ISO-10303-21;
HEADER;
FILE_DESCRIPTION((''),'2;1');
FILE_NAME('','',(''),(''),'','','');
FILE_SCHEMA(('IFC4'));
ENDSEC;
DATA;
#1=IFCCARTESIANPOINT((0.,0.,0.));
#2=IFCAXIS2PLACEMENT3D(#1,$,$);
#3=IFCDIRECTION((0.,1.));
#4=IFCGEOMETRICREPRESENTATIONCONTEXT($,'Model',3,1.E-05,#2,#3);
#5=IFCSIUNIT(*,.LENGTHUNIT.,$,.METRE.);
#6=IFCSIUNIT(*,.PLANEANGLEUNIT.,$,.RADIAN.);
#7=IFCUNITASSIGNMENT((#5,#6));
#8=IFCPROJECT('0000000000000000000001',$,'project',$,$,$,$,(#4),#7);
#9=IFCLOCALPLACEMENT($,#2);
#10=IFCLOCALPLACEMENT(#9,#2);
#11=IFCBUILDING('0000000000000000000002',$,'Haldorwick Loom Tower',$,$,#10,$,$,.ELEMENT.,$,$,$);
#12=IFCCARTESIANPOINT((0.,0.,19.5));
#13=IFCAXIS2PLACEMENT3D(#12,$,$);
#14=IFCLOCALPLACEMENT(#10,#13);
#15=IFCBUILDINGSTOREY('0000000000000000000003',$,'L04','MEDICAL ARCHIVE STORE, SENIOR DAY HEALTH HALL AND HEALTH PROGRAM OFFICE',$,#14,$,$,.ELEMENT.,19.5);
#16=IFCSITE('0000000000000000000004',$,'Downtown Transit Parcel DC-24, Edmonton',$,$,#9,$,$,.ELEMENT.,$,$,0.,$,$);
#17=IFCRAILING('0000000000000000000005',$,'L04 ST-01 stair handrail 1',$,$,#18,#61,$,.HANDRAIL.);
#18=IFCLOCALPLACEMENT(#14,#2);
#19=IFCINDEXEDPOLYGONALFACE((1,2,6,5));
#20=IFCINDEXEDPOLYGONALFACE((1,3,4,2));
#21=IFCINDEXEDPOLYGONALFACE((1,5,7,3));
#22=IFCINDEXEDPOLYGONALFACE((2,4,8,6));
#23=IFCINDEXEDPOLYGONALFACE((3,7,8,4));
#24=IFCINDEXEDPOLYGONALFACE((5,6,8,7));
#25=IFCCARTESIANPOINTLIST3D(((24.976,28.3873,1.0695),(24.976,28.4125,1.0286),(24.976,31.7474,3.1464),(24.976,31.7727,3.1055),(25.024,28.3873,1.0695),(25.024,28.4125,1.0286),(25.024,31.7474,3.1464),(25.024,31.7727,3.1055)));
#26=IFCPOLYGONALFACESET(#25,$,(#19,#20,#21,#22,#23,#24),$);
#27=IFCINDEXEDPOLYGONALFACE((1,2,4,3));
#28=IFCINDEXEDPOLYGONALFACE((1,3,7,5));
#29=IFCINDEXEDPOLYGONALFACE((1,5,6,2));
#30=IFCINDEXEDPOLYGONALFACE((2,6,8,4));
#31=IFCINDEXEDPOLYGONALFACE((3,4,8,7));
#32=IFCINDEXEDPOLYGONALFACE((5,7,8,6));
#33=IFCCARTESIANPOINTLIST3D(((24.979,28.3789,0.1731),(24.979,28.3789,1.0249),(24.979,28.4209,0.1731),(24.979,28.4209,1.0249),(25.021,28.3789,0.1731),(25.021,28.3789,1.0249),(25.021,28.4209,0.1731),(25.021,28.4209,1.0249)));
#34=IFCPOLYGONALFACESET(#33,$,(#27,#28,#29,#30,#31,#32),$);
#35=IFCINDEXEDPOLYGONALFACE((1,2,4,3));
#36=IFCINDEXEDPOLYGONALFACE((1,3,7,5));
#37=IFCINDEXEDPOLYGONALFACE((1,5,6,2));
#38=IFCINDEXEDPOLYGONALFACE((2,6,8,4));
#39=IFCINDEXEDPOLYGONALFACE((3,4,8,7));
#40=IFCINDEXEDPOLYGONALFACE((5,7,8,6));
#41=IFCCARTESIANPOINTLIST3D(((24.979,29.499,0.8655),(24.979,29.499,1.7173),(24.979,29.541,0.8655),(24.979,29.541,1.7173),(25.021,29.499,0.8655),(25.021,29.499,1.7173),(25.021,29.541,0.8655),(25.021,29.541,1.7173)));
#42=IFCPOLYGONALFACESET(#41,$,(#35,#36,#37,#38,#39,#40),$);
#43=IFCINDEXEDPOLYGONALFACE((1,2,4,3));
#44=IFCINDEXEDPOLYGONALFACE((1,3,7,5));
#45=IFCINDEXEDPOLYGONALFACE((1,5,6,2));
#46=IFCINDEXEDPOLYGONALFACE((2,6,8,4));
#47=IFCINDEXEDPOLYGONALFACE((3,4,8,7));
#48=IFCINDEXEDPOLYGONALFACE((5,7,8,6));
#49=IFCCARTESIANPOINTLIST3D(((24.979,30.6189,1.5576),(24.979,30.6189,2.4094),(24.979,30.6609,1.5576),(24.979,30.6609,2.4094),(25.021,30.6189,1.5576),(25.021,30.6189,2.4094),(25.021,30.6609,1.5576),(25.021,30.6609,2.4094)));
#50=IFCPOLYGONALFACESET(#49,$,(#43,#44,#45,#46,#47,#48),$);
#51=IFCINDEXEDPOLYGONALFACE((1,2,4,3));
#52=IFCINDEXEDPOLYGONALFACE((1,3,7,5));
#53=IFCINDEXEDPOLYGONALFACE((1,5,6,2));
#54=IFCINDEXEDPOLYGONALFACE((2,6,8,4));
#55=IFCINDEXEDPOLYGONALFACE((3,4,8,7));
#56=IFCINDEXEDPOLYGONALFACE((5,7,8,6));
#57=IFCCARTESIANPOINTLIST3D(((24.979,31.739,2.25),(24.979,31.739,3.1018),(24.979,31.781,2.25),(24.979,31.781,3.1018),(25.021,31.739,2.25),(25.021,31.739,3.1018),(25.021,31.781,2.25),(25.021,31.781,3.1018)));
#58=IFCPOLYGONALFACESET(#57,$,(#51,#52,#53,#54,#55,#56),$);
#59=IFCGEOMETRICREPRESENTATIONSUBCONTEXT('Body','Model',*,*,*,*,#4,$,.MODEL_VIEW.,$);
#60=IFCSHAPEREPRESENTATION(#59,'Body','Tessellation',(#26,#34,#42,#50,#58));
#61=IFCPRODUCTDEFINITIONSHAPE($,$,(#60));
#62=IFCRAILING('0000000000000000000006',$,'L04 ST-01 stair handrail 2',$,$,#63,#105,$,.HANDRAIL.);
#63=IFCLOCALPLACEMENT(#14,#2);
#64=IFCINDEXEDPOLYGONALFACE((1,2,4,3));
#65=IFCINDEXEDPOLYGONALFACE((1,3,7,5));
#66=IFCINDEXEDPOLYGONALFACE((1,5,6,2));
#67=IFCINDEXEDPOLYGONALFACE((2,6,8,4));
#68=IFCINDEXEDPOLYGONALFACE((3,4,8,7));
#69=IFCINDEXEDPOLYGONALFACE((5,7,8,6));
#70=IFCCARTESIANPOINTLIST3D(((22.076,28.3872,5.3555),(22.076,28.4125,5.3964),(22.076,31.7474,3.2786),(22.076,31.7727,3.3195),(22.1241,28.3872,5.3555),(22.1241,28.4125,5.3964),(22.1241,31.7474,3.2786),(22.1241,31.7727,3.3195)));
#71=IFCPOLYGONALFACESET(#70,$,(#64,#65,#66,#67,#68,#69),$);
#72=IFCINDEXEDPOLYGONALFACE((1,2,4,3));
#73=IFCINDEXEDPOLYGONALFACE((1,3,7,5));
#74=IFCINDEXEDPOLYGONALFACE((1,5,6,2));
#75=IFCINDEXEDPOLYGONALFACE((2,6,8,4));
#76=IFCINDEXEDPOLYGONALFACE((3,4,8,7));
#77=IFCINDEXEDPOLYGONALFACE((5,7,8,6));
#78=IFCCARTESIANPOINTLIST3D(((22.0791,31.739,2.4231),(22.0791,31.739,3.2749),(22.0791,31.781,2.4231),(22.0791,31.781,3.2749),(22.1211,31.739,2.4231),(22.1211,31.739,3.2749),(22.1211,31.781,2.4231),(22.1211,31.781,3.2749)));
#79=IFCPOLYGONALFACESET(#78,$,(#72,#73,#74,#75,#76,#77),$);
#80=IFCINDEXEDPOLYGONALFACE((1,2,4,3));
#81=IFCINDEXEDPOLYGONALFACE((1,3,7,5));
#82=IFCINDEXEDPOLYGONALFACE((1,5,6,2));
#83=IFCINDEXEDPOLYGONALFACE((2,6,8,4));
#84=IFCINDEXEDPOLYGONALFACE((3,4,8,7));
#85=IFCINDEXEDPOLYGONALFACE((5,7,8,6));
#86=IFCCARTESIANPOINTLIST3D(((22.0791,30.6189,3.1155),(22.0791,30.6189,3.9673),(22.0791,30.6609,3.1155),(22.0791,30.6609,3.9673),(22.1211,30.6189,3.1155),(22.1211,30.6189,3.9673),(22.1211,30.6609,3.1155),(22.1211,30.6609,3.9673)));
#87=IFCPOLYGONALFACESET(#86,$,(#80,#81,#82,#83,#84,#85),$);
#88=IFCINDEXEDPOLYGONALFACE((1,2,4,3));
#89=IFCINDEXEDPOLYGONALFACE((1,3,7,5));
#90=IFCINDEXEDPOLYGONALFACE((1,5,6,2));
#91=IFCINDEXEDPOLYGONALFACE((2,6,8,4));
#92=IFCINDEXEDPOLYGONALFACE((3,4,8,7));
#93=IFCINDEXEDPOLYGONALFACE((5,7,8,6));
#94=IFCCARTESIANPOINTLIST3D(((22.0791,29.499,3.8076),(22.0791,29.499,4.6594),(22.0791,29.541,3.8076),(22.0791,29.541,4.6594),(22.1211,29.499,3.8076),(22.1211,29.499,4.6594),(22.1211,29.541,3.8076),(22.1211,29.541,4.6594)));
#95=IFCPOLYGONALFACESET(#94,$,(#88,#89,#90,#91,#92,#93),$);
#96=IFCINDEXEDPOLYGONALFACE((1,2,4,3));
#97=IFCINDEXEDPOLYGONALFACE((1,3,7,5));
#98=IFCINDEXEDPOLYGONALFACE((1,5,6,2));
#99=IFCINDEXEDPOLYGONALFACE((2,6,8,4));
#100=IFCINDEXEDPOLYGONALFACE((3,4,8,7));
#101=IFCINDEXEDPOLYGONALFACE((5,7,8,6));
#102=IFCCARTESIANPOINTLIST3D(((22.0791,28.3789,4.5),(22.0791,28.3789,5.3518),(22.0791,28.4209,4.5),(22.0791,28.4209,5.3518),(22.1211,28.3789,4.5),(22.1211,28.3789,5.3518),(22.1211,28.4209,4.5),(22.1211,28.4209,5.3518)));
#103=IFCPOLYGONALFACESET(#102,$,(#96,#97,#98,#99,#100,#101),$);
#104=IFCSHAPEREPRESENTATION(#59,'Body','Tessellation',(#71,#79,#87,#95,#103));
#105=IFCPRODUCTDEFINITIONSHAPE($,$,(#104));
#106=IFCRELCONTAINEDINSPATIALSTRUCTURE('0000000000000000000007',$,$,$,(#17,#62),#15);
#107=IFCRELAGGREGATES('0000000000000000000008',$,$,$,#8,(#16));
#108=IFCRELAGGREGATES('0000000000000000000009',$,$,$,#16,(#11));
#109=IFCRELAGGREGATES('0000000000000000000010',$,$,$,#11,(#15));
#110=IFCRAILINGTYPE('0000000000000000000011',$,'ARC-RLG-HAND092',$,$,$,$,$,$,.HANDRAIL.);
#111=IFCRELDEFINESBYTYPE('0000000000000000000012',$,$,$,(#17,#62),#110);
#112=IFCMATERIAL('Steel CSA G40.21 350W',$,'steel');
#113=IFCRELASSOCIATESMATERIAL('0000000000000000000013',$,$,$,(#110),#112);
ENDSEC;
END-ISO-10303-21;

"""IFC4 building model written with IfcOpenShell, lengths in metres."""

from ifc_helpers import new_model, si_unit, direction, frame, origin, origin_2d, place, context, subcontext, project, spatial, rectangle, extrude, material, type_object, element, save


model = new_model("IFC4")

# Units and contexts
model_context = context("Model", 3, precision=1e-05, world=origin(), true_north=direction((0.0, 1.0)))
body_context = subcontext(model_context, "Body", "Model", "MODEL_VIEW")
ifc_project = project(units=[si_unit("LENGTHUNIT", "METRE"), si_unit("PLANEANGLEUNIT", "RADIAN")], contexts=[model_context])

# Site, building, storey
site_placement = place(None, origin())
site = spatial("IfcSite", under=ifc_project, at=site_placement, Name="Downtown Transit Parcel DC-24, Edmonton", CompositionType="ELEMENT", RefElevation=0.0)
building_placement = place(site_placement, origin())
building = spatial("IfcBuilding", under=site, at=building_placement, Name="Haldorwick Loom Tower", CompositionType="ELEMENT")
storey_placement = place(building_placement, frame((0.0, 0.0, 19.5)))
storey = spatial("IfcBuildingStorey", under=building, at=storey_placement, Name="L04", Description="MEDICAL ARCHIVE STORE, SENIOR DAY HEALTH HALL AND HEALTH PROGRAM OFFICE", CompositionType="ELEMENT", Elevation=19.5)

# Shared definitions
ifc_material_1 = material(Name="Steel CSA G40.21 350W", Category="steel")

# Railings
railing_type_1 = type_object("IfcRailingType", Name="ARC-RLG-HAND092", PredefinedType="HANDRAIL", material=ifc_material_1)
railing_1_placement = place(storey_placement, frame((25.0, 28.3999, 0.1731)))
element("IfcRailing", 1, at=railing_1_placement, inside=storey, type_object=railing_type_1, Name="L04 ST-01 stair handrail 1", PredefinedType="HANDRAIL", context=body_context, shape_type="SweptSolid", body=[
    extrude(rectangle(XDim=0.0481, YDim=0.0481, at=origin_2d()), frame((0.0, 0.0, 0.876), z_axis=(0.0, 0.850623, 0.525776), x_axis=(-1.0, 0.0, 0.0)), (0.0, 0.0, 1.0), 3.9502),
    extrude(rectangle(XDim=0.042, YDim=0.042, at=origin_2d()), origin(), (0.0, 0.0, 1.0), 0.8518),
    extrude(rectangle(XDim=0.042, YDim=0.042, at=origin_2d()), frame((0.0, 1.1201, 0.6924)), (0.0, 0.0, 1.0), 0.8518),
    extrude(rectangle(XDim=0.042, YDim=0.042, at=origin_2d()), frame((0.0, 2.24, 1.3845)), (0.0, 0.0, 1.0), 0.8518),
    extrude(rectangle(XDim=0.042, YDim=0.042, at=origin_2d()), frame((0.0, 3.3601, 2.0769)), (0.0, 0.0, 1.0), 0.8518),
])
railing_2_placement = place(storey_placement, frame((22.1001, 31.76, 2.4231)))
element("IfcRailing", 2, at=railing_2_placement, inside=storey, type_object=railing_type_1, Name="L04 ST-01 stair handrail 2", PredefinedType="HANDRAIL", context=body_context, shape_type="SweptSolid", body=[
    extrude(rectangle(XDim=0.0481, YDim=0.0481, at=origin_2d()), frame((0.0, 0.0, 0.876), z_axis=(0.0, -0.850623, 0.525776), x_axis=(1.0, 0.0, 0.0)), (0.0, 0.0, 1.0), 3.9502),
    extrude(rectangle(XDim=0.042, YDim=0.042, at=origin_2d()), origin(), (0.0, 0.0, 1.0), 0.8518),
    extrude(rectangle(XDim=0.042, YDim=0.042, at=origin_2d()), frame((0.0, -1.1201, 0.6924)), (0.0, 0.0, 1.0), 0.8518),
    extrude(rectangle(XDim=0.042, YDim=0.042, at=origin_2d()), frame((0.0, -2.24, 1.3845)), (0.0, 0.0, 1.0), 0.8518),
    extrude(rectangle(XDim=0.042, YDim=0.042, at=origin_2d()), frame((0.0, -3.3601, 2.0769)), (0.0, 0.0, 1.0), 0.8518),
])

save(model, "model.ifc")
